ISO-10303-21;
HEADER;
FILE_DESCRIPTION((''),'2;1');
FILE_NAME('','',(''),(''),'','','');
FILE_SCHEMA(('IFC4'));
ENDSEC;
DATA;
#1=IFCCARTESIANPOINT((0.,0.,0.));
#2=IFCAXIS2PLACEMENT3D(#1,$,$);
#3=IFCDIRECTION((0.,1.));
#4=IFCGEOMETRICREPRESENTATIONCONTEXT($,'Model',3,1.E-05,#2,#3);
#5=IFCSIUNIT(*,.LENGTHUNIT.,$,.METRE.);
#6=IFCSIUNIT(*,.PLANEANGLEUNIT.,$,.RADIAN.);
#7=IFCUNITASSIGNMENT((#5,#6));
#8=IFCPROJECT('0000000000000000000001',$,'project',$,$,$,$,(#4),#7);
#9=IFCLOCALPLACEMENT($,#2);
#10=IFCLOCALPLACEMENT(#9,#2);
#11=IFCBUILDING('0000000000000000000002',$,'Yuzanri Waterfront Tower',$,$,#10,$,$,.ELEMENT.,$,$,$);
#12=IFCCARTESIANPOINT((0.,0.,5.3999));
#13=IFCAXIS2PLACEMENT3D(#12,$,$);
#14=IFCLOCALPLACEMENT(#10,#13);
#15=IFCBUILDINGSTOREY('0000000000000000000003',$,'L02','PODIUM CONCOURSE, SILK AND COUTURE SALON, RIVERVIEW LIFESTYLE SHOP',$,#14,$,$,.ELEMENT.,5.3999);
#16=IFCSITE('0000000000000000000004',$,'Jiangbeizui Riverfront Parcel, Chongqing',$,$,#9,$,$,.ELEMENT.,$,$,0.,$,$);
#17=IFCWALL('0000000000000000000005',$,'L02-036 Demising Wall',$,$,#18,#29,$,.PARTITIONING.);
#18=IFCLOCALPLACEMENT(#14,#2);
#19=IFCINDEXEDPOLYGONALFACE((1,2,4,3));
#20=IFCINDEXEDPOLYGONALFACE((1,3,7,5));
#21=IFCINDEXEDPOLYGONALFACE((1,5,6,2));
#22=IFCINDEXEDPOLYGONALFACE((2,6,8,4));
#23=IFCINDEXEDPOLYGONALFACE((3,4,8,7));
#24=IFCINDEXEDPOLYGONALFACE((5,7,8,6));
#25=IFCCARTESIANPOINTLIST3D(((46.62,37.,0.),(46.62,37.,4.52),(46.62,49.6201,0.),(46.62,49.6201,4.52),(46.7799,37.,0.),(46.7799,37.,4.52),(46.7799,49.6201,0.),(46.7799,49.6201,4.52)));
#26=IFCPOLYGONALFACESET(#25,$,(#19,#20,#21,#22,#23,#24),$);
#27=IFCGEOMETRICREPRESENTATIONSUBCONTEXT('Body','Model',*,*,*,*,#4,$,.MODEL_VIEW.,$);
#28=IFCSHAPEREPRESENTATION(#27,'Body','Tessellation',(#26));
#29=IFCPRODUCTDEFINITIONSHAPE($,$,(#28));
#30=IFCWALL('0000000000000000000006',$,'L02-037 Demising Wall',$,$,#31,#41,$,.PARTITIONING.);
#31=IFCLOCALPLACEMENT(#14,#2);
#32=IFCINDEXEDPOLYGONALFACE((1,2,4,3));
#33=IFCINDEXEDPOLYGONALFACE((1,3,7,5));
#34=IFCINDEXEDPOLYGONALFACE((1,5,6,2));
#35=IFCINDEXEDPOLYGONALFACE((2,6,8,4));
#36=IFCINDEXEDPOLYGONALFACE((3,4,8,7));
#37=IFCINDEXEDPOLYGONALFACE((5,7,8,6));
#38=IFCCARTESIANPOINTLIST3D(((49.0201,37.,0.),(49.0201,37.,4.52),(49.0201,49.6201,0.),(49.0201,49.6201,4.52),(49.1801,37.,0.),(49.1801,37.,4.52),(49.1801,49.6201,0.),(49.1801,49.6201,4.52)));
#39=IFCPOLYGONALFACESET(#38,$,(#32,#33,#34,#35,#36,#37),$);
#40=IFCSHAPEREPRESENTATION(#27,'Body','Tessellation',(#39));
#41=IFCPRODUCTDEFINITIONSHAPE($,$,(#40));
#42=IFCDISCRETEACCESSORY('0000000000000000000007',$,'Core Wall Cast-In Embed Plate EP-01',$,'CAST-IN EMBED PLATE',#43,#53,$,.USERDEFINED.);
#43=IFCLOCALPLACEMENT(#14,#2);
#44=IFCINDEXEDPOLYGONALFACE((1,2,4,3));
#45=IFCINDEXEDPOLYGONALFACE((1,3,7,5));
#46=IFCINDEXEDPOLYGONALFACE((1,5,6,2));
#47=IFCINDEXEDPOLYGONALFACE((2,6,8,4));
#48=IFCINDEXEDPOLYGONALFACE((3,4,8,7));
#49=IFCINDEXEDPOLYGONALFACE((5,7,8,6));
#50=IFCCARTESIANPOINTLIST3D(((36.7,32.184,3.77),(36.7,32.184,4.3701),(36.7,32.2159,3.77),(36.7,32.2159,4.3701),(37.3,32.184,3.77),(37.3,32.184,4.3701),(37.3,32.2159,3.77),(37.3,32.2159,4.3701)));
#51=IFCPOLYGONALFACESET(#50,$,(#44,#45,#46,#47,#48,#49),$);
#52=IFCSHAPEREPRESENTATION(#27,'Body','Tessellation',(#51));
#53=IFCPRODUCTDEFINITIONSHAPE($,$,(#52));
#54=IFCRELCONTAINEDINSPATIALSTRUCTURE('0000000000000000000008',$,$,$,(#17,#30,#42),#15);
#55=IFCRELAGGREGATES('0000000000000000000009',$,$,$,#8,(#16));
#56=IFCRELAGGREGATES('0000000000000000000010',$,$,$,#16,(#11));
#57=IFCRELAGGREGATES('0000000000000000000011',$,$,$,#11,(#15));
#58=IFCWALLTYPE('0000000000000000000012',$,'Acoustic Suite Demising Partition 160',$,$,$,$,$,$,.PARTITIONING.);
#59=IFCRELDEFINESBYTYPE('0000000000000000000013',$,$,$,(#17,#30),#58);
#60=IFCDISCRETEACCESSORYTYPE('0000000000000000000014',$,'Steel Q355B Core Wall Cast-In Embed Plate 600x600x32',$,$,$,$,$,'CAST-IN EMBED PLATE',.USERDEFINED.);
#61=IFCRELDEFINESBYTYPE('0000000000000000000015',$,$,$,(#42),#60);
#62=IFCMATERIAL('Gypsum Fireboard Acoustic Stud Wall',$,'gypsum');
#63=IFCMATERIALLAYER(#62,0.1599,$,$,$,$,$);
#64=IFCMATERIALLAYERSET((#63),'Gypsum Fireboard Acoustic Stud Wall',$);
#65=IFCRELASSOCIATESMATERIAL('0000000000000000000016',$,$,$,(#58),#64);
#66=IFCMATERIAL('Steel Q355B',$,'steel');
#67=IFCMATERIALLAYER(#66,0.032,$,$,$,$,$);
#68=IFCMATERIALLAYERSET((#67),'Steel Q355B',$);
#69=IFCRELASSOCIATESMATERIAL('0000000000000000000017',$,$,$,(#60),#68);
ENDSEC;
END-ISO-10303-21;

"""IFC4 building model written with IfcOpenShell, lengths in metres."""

from ifc_helpers import new_model, si_unit, direction, frame, frame_2d, origin, origin_2d, place, context, subcontext, project, spatial, rectangle, extrude, source, transform, mapped, material, layer, layer_set, type_object, element, save


model = new_model("IFC4")

# Units and contexts
model_context = context("Model", 3, precision=1e-05, world=origin(), true_north=direction((0.0, 1.0)))
body_context = subcontext(model_context, "Body", "Model", "MODEL_VIEW")
ifc_project = project(units=[si_unit("LENGTHUNIT", "METRE"), si_unit("PLANEANGLEUNIT", "RADIAN")], contexts=[model_context])

# Site, building, storey
site_placement = place(None, origin())
site = spatial("IfcSite", under=ifc_project, at=site_placement, Name="Jiangbeizui Riverfront Parcel, Chongqing", CompositionType="ELEMENT", RefElevation=0.0)
building_placement = place(site_placement, origin())
building = spatial("IfcBuilding", under=site, at=building_placement, Name="Yuzanri Waterfront Tower", CompositionType="ELEMENT")
storey_placement = place(building_placement, frame((0.0, 0.0, 5.3999)))
storey = spatial("IfcBuildingStorey", under=building, at=storey_placement, Name="L02", Description="PODIUM CONCOURSE, SILK AND COUTURE SALON, RIVERVIEW LIFESTYLE SHOP", CompositionType="ELEMENT", Elevation=5.3999)

# Walls
ifc_material_1 = material(Name="Gypsum Fireboard Acoustic Stud Wall", Category="gypsum")
ifc_layer_1 = layer(ifc_material_1, 0.1599)
ifc_layer_set_1 = layer_set([ifc_layer_1], Name="Gypsum Fireboard Acoustic Stud Wall")
wall_type_1 = type_object("IfcWallType", Name="Acoustic Suite Demising Partition 160", PredefinedType="PARTITIONING", material=ifc_layer_set_1)
shared_shape_1 = source(origin(), body_context, "Body", "SweptSolid", [
    extrude(rectangle(XDim=12.6201, YDim=0.1599, at=frame_2d((6.3101, 0.0))), origin(), (0.0, 0.0, 1.0), 4.52),
])
for number, where, z_axis, x_axis, name in (
    (1, (46.7, 37.0, 0.0), (0.0, 0.0, 1.0), (0.0, 1.0, 0.0), "L02-036 Demising Wall"),
    (2, (49.1001, 37.0, 0.0), (0.0, 0.0, 1.0), (0.0, 1.0, 0.0), "L02-037 Demising Wall"),
):
    element("IfcWall", number, at=place(storey_placement, frame(where, z_axis=z_axis, x_axis=x_axis)), inside=storey, type_object=wall_type_1, Name=name, PredefinedType="PARTITIONING", context=body_context, shape_type="MappedRepresentation", body=[
        mapped(shared_shape_1, transform((0.0, 0.0, 0.0), scale=1.0)),
    ])

# Discrete accessory
ifc_material_2 = material(Name="Steel Q355B", Category="steel")
ifc_layer_2 = layer(ifc_material_2, 0.032)
ifc_layer_set_2 = layer_set([ifc_layer_2], Name="Steel Q355B")
discrete_accessory_type = type_object("IfcDiscreteAccessoryType", Name="Steel Q355B Core Wall Cast-In Embed Plate 600x600x32", ElementType="CAST-IN EMBED PLATE", PredefinedType="USERDEFINED", material=ifc_layer_set_2)
shared_shape_2 = source(origin(), body_context, "Body", "SweptSolid", [
    extrude(rectangle(XDim=0.6001, YDim=0.032, at=origin_2d()), origin(), (0.0, 0.0, 1.0), 0.6001),
])
discrete_accessory_placement = place(storey_placement, frame((37.0, 32.2, 3.77), z_axis=(0.0, 0.0, 1.0), x_axis=(1.0, 0.0, 0.0)))
element("IfcDiscreteAccessory", 3, at=discrete_accessory_placement, inside=storey, type_object=discrete_accessory_type, Name="Core Wall Cast-In Embed Plate EP-01", ObjectType="CAST-IN EMBED PLATE", PredefinedType="USERDEFINED", context=body_context, shape_type="MappedRepresentation", body=[
    mapped(shared_shape_2, transform((0.0, 0.0, 0.0), scale=1.0)),
])

save(model, "model.ifc")
